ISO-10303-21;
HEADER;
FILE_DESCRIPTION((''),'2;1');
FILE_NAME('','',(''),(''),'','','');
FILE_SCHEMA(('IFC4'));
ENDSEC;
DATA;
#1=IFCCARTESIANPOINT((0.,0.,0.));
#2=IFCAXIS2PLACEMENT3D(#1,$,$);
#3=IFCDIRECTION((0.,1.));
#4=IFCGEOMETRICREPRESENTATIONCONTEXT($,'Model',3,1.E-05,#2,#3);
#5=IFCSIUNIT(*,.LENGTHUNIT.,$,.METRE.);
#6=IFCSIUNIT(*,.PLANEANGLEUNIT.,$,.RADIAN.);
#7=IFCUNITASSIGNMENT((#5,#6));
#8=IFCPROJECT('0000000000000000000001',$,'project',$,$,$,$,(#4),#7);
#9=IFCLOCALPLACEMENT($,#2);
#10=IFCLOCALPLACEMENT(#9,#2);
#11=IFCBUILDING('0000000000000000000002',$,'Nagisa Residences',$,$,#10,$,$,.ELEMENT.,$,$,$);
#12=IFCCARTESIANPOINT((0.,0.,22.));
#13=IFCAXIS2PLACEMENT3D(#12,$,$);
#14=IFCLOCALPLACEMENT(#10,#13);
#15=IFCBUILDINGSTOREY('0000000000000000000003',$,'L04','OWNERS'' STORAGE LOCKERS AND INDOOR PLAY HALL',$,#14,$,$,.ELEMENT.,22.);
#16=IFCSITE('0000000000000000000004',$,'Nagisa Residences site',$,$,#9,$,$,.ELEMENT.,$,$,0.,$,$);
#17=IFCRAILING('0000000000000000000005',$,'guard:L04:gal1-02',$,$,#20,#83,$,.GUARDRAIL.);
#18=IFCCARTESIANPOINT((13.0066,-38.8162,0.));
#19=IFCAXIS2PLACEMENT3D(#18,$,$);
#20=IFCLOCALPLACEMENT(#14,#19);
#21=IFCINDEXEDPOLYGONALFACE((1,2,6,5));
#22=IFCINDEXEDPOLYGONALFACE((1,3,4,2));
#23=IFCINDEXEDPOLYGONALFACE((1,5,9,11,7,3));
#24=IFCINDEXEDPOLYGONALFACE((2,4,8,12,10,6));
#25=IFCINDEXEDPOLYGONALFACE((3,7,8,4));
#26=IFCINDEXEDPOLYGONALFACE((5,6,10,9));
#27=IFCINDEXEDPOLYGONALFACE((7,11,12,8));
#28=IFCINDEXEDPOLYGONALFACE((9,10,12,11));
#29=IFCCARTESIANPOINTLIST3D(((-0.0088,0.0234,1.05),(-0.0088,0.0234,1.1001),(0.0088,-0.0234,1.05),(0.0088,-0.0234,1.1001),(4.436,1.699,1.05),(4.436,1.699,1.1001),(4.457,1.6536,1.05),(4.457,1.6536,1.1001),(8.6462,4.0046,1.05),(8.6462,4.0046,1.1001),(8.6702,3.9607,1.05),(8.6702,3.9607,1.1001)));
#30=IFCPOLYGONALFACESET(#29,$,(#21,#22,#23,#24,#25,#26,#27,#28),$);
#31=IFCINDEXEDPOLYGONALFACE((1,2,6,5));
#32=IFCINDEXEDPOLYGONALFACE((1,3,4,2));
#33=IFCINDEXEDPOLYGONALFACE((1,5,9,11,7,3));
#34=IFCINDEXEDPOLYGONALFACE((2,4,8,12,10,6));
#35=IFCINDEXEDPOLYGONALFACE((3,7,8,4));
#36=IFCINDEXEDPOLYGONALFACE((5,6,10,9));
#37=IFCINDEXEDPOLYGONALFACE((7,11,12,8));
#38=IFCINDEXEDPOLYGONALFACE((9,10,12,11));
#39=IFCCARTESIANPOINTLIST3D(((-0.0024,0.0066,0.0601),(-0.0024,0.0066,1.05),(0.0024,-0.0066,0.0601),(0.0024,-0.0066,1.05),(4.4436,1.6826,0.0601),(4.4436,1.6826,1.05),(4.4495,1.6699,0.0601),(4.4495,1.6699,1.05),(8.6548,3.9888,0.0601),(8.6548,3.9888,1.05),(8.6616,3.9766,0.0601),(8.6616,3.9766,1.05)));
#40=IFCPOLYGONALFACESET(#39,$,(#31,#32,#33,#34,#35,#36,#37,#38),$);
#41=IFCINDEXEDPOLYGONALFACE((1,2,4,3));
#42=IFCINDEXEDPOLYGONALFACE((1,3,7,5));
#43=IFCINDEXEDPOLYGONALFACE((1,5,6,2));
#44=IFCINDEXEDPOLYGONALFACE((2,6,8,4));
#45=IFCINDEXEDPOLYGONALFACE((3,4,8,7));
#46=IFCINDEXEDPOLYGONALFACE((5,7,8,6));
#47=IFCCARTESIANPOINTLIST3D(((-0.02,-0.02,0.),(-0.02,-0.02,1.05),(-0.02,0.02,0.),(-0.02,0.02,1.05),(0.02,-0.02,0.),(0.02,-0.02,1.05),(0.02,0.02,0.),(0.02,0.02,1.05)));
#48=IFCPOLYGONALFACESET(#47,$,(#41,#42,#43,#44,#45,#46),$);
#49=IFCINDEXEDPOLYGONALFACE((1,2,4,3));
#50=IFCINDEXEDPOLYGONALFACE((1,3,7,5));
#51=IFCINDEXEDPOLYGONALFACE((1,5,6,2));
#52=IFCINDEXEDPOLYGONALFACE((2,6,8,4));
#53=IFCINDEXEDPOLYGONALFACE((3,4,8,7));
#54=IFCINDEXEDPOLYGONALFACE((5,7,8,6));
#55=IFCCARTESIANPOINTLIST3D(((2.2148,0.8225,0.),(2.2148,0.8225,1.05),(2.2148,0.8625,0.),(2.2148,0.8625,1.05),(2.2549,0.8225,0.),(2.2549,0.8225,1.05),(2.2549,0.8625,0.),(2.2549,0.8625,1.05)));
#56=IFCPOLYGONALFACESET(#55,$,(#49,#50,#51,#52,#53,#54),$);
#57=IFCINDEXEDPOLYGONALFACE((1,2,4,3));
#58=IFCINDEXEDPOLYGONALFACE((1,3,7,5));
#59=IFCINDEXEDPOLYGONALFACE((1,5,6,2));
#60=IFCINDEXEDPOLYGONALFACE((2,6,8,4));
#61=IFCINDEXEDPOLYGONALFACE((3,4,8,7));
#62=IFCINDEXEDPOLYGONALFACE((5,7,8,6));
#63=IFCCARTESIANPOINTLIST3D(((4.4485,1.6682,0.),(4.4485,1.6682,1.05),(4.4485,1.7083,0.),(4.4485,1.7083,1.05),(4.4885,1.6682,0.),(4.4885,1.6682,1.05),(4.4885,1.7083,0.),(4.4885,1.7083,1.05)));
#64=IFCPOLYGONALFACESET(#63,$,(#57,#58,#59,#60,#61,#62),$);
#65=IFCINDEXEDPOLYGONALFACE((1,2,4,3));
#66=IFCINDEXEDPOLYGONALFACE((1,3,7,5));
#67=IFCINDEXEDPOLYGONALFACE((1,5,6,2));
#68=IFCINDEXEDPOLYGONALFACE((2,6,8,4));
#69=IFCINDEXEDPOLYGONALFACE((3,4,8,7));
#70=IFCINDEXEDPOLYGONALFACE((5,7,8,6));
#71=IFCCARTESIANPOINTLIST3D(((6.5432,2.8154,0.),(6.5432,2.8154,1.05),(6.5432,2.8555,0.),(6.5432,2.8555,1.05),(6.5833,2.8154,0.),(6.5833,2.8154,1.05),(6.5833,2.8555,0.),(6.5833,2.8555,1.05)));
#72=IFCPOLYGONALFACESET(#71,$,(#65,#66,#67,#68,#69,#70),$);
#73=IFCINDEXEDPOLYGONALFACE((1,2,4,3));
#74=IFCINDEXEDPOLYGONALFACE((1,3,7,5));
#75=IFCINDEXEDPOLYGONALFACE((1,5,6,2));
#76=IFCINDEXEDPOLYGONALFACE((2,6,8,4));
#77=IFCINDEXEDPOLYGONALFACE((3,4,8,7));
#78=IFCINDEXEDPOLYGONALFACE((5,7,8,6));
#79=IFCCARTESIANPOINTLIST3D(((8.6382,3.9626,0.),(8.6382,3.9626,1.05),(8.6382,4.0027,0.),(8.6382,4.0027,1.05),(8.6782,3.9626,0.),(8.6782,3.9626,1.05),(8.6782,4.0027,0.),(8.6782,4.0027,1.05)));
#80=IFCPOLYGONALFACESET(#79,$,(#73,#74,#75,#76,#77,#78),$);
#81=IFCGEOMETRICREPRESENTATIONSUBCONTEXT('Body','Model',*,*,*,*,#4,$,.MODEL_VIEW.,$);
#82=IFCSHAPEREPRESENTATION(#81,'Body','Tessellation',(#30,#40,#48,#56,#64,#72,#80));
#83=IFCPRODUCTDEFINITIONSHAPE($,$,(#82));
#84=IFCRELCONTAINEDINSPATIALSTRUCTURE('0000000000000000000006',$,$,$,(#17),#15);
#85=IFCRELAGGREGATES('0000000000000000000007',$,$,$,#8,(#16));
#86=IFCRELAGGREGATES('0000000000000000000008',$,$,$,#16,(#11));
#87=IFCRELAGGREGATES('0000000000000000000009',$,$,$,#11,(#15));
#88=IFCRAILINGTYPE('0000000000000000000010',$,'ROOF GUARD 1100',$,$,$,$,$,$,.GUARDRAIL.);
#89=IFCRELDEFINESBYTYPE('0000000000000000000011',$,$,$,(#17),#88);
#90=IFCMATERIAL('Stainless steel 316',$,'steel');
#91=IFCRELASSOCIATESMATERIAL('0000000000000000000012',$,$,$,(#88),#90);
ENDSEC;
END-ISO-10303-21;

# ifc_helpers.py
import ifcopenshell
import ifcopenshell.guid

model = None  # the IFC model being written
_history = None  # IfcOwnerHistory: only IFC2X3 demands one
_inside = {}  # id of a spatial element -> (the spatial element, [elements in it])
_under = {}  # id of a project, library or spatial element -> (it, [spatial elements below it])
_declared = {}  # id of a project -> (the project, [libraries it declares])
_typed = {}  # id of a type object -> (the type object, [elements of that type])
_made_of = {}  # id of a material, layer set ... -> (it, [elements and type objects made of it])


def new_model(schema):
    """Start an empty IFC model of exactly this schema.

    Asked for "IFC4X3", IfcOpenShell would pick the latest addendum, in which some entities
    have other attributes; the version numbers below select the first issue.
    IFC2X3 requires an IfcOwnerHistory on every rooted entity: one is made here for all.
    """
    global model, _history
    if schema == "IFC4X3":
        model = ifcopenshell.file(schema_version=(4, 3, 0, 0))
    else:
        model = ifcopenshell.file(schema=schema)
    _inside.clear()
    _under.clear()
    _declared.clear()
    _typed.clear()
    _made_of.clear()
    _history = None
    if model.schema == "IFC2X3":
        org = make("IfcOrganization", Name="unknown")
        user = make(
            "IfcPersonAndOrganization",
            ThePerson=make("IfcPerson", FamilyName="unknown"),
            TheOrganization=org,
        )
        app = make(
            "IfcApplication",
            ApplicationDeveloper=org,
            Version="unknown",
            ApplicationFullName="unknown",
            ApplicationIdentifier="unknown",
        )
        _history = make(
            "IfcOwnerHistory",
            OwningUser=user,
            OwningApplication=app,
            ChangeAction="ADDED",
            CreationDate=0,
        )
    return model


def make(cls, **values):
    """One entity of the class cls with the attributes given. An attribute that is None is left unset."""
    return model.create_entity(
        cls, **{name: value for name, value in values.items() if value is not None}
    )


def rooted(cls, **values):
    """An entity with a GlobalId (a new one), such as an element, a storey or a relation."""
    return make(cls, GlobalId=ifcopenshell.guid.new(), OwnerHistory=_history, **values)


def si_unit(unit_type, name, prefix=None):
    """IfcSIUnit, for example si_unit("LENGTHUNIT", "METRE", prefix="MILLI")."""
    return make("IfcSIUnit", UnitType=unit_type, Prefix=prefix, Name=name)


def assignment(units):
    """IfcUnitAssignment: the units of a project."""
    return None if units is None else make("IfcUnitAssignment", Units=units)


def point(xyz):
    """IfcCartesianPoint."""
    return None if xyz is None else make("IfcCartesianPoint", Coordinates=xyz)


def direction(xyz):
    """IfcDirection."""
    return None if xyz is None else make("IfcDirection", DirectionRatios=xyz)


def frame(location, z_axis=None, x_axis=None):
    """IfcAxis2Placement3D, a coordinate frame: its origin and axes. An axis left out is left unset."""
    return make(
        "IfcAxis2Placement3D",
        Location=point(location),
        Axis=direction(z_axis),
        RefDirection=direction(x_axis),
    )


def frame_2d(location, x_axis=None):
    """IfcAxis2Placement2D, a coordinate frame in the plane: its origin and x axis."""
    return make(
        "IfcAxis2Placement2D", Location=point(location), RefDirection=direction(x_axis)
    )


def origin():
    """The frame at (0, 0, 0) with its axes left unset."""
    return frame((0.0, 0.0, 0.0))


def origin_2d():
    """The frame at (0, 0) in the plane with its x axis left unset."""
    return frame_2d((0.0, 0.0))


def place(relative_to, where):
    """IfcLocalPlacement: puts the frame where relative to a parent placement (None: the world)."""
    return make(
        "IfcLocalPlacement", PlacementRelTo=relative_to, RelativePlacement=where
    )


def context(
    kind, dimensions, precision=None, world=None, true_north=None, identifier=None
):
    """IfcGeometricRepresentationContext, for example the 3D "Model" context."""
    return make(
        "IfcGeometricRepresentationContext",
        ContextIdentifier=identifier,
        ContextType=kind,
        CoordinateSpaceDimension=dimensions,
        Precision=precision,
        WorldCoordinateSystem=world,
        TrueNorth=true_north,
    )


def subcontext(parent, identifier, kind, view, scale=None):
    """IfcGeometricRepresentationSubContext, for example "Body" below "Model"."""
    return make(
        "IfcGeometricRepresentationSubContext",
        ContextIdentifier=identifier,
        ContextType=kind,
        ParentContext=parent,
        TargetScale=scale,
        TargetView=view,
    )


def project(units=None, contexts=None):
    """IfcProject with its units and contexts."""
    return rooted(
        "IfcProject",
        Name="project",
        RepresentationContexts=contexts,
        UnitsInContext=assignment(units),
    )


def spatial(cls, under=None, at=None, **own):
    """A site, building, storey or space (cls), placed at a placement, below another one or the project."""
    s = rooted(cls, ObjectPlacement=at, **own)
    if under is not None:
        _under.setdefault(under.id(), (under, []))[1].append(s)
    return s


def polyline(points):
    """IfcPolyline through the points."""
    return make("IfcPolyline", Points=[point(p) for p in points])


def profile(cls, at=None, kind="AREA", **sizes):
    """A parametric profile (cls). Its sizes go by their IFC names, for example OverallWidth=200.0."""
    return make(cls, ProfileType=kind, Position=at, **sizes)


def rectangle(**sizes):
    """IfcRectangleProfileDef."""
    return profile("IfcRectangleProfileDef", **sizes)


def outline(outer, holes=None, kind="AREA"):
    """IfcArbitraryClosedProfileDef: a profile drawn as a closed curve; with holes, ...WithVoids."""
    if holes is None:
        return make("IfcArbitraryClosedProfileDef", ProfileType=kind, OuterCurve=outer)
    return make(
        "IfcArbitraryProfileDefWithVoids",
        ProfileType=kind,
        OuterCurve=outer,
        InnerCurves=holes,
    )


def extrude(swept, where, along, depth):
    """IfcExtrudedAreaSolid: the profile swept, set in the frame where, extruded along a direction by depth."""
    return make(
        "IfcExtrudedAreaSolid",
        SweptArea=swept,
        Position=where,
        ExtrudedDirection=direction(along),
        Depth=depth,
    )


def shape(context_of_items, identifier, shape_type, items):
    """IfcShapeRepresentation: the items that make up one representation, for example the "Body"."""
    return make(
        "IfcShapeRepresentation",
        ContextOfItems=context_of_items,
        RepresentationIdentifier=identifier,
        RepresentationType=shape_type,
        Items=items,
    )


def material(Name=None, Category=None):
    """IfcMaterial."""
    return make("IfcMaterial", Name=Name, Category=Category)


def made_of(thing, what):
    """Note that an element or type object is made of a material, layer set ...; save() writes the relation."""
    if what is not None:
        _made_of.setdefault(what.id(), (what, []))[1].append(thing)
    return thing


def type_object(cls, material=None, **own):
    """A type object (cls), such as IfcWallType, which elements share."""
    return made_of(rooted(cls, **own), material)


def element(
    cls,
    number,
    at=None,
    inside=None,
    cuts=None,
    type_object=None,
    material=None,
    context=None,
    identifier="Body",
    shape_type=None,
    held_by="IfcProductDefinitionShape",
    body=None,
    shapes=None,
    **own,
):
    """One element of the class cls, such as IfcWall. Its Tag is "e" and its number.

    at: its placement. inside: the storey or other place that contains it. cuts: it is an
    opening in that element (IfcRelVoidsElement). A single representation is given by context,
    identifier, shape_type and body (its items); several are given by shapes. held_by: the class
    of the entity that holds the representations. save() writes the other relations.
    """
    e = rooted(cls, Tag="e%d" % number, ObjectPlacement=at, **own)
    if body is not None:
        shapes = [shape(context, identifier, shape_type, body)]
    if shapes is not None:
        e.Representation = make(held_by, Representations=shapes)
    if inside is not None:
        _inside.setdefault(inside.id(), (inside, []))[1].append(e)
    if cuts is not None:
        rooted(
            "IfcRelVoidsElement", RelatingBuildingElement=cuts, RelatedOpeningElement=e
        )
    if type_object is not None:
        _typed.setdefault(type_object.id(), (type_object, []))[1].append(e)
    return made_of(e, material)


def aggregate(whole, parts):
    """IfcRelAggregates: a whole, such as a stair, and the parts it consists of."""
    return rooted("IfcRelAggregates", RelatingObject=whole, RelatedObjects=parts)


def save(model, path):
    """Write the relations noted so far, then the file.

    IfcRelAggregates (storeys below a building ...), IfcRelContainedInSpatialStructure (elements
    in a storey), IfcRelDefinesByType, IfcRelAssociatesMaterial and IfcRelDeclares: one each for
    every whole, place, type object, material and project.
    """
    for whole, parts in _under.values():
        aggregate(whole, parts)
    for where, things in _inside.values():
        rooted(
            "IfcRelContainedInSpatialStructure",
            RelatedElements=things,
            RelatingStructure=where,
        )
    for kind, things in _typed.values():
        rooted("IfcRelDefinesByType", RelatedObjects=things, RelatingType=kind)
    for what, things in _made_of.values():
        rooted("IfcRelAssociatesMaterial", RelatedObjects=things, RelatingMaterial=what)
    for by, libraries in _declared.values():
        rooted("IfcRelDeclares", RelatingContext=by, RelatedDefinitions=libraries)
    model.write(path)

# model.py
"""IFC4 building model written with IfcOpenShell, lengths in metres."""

from ifc_helpers import new_model, si_unit, direction, frame, origin, origin_2d, place, context, subcontext, project, spatial, polyline, rectangle, outline, extrude, material, type_object, element, save


model = new_model("IFC4")

# Units and contexts
model_context = context("Model", 3, precision=1e-05, world=origin(), true_north=direction((0.0, 1.0)))
body_context = subcontext(model_context, "Body", "Model", "MODEL_VIEW")
ifc_project = project(units=[si_unit("LENGTHUNIT", "METRE"), si_unit("PLANEANGLEUNIT", "RADIAN")], contexts=[model_context])

# Site, building, storey
site_placement = place(None, origin())
site = spatial("IfcSite", under=ifc_project, at=site_placement, Name="Nagisa Residences site", CompositionType="ELEMENT", RefElevation=0.0)
building_placement = place(site_placement, origin())
building = spatial("IfcBuilding", under=site, at=building_placement, Name="Nagisa Residences", CompositionType="ELEMENT")
storey_placement = place(building_placement, frame((0.0, 0.0, 22.0)))
storey = spatial("IfcBuildingStorey", under=building, at=storey_placement, Name="L04", Description="OWNERS' STORAGE LOCKERS AND INDOOR PLAY HALL", CompositionType="ELEMENT", Elevation=22.0)

# Railing
ifc_material_1 = material(Name="Stainless steel 316", Category="steel")
railing_type = type_object("IfcRailingType", Name="ROOF GUARD 1100", PredefinedType="GUARDRAIL", material=ifc_material_1)
railing_1_placement = place(storey_placement, frame((13.0066, -38.8162, 0.0)))
element("IfcRailing", 1, at=railing_1_placement, inside=storey, type_object=railing_type, Name="guard:L04:gal1-02", PredefinedType="GUARDRAIL", context=body_context, shape_type="SweptSolid", body=[
    extrude(outline(polyline([(4.436, 1.699), (-0.0088, 0.0234), (0.0088, -0.0234), (4.457, 1.6536), (8.6702, 3.9607), (8.6462, 4.0046), (4.436, 1.699)])), frame((0.0, 0.0, 1.05)), (0.0, 0.0, 1.0), 0.05),
    extrude(outline(polyline([(4.4436, 1.6826), (-0.0024, 0.0066), (0.0024, -0.0066), (4.4495, 1.6699), (8.6616, 3.9766), (8.6548, 3.9888), (4.4436, 1.6826)])), frame((0.0, 0.0, 0.0601)), (0.0, 0.0, 1.0), 0.99),
    extrude(rectangle(XDim=0.04, YDim=0.04, at=origin_2d()), origin(), (0.0, 0.0, 1.0), 1.05),
    extrude(rectangle(XDim=0.04, YDim=0.04, at=origin_2d()), frame((2.2349, 0.8425, 0.0)), (0.0, 0.0, 1.0), 1.05),
    extrude(rectangle(XDim=0.04, YDim=0.04, at=origin_2d()), frame((4.4685, 1.6882, 0.0)), (0.0, 0.0, 1.0), 1.05),
    extrude(rectangle(XDim=0.04, YDim=0.04, at=origin_2d()), frame((6.5632, 2.8354, 0.0)), (0.0, 0.0, 1.0), 1.05),
    extrude(rectangle(XDim=0.04, YDim=0.04, at=origin_2d()), frame((8.6582, 3.9827, 0.0)), (0.0, 0.0, 1.0), 1.05),
])

save(model, "model.ifc")
